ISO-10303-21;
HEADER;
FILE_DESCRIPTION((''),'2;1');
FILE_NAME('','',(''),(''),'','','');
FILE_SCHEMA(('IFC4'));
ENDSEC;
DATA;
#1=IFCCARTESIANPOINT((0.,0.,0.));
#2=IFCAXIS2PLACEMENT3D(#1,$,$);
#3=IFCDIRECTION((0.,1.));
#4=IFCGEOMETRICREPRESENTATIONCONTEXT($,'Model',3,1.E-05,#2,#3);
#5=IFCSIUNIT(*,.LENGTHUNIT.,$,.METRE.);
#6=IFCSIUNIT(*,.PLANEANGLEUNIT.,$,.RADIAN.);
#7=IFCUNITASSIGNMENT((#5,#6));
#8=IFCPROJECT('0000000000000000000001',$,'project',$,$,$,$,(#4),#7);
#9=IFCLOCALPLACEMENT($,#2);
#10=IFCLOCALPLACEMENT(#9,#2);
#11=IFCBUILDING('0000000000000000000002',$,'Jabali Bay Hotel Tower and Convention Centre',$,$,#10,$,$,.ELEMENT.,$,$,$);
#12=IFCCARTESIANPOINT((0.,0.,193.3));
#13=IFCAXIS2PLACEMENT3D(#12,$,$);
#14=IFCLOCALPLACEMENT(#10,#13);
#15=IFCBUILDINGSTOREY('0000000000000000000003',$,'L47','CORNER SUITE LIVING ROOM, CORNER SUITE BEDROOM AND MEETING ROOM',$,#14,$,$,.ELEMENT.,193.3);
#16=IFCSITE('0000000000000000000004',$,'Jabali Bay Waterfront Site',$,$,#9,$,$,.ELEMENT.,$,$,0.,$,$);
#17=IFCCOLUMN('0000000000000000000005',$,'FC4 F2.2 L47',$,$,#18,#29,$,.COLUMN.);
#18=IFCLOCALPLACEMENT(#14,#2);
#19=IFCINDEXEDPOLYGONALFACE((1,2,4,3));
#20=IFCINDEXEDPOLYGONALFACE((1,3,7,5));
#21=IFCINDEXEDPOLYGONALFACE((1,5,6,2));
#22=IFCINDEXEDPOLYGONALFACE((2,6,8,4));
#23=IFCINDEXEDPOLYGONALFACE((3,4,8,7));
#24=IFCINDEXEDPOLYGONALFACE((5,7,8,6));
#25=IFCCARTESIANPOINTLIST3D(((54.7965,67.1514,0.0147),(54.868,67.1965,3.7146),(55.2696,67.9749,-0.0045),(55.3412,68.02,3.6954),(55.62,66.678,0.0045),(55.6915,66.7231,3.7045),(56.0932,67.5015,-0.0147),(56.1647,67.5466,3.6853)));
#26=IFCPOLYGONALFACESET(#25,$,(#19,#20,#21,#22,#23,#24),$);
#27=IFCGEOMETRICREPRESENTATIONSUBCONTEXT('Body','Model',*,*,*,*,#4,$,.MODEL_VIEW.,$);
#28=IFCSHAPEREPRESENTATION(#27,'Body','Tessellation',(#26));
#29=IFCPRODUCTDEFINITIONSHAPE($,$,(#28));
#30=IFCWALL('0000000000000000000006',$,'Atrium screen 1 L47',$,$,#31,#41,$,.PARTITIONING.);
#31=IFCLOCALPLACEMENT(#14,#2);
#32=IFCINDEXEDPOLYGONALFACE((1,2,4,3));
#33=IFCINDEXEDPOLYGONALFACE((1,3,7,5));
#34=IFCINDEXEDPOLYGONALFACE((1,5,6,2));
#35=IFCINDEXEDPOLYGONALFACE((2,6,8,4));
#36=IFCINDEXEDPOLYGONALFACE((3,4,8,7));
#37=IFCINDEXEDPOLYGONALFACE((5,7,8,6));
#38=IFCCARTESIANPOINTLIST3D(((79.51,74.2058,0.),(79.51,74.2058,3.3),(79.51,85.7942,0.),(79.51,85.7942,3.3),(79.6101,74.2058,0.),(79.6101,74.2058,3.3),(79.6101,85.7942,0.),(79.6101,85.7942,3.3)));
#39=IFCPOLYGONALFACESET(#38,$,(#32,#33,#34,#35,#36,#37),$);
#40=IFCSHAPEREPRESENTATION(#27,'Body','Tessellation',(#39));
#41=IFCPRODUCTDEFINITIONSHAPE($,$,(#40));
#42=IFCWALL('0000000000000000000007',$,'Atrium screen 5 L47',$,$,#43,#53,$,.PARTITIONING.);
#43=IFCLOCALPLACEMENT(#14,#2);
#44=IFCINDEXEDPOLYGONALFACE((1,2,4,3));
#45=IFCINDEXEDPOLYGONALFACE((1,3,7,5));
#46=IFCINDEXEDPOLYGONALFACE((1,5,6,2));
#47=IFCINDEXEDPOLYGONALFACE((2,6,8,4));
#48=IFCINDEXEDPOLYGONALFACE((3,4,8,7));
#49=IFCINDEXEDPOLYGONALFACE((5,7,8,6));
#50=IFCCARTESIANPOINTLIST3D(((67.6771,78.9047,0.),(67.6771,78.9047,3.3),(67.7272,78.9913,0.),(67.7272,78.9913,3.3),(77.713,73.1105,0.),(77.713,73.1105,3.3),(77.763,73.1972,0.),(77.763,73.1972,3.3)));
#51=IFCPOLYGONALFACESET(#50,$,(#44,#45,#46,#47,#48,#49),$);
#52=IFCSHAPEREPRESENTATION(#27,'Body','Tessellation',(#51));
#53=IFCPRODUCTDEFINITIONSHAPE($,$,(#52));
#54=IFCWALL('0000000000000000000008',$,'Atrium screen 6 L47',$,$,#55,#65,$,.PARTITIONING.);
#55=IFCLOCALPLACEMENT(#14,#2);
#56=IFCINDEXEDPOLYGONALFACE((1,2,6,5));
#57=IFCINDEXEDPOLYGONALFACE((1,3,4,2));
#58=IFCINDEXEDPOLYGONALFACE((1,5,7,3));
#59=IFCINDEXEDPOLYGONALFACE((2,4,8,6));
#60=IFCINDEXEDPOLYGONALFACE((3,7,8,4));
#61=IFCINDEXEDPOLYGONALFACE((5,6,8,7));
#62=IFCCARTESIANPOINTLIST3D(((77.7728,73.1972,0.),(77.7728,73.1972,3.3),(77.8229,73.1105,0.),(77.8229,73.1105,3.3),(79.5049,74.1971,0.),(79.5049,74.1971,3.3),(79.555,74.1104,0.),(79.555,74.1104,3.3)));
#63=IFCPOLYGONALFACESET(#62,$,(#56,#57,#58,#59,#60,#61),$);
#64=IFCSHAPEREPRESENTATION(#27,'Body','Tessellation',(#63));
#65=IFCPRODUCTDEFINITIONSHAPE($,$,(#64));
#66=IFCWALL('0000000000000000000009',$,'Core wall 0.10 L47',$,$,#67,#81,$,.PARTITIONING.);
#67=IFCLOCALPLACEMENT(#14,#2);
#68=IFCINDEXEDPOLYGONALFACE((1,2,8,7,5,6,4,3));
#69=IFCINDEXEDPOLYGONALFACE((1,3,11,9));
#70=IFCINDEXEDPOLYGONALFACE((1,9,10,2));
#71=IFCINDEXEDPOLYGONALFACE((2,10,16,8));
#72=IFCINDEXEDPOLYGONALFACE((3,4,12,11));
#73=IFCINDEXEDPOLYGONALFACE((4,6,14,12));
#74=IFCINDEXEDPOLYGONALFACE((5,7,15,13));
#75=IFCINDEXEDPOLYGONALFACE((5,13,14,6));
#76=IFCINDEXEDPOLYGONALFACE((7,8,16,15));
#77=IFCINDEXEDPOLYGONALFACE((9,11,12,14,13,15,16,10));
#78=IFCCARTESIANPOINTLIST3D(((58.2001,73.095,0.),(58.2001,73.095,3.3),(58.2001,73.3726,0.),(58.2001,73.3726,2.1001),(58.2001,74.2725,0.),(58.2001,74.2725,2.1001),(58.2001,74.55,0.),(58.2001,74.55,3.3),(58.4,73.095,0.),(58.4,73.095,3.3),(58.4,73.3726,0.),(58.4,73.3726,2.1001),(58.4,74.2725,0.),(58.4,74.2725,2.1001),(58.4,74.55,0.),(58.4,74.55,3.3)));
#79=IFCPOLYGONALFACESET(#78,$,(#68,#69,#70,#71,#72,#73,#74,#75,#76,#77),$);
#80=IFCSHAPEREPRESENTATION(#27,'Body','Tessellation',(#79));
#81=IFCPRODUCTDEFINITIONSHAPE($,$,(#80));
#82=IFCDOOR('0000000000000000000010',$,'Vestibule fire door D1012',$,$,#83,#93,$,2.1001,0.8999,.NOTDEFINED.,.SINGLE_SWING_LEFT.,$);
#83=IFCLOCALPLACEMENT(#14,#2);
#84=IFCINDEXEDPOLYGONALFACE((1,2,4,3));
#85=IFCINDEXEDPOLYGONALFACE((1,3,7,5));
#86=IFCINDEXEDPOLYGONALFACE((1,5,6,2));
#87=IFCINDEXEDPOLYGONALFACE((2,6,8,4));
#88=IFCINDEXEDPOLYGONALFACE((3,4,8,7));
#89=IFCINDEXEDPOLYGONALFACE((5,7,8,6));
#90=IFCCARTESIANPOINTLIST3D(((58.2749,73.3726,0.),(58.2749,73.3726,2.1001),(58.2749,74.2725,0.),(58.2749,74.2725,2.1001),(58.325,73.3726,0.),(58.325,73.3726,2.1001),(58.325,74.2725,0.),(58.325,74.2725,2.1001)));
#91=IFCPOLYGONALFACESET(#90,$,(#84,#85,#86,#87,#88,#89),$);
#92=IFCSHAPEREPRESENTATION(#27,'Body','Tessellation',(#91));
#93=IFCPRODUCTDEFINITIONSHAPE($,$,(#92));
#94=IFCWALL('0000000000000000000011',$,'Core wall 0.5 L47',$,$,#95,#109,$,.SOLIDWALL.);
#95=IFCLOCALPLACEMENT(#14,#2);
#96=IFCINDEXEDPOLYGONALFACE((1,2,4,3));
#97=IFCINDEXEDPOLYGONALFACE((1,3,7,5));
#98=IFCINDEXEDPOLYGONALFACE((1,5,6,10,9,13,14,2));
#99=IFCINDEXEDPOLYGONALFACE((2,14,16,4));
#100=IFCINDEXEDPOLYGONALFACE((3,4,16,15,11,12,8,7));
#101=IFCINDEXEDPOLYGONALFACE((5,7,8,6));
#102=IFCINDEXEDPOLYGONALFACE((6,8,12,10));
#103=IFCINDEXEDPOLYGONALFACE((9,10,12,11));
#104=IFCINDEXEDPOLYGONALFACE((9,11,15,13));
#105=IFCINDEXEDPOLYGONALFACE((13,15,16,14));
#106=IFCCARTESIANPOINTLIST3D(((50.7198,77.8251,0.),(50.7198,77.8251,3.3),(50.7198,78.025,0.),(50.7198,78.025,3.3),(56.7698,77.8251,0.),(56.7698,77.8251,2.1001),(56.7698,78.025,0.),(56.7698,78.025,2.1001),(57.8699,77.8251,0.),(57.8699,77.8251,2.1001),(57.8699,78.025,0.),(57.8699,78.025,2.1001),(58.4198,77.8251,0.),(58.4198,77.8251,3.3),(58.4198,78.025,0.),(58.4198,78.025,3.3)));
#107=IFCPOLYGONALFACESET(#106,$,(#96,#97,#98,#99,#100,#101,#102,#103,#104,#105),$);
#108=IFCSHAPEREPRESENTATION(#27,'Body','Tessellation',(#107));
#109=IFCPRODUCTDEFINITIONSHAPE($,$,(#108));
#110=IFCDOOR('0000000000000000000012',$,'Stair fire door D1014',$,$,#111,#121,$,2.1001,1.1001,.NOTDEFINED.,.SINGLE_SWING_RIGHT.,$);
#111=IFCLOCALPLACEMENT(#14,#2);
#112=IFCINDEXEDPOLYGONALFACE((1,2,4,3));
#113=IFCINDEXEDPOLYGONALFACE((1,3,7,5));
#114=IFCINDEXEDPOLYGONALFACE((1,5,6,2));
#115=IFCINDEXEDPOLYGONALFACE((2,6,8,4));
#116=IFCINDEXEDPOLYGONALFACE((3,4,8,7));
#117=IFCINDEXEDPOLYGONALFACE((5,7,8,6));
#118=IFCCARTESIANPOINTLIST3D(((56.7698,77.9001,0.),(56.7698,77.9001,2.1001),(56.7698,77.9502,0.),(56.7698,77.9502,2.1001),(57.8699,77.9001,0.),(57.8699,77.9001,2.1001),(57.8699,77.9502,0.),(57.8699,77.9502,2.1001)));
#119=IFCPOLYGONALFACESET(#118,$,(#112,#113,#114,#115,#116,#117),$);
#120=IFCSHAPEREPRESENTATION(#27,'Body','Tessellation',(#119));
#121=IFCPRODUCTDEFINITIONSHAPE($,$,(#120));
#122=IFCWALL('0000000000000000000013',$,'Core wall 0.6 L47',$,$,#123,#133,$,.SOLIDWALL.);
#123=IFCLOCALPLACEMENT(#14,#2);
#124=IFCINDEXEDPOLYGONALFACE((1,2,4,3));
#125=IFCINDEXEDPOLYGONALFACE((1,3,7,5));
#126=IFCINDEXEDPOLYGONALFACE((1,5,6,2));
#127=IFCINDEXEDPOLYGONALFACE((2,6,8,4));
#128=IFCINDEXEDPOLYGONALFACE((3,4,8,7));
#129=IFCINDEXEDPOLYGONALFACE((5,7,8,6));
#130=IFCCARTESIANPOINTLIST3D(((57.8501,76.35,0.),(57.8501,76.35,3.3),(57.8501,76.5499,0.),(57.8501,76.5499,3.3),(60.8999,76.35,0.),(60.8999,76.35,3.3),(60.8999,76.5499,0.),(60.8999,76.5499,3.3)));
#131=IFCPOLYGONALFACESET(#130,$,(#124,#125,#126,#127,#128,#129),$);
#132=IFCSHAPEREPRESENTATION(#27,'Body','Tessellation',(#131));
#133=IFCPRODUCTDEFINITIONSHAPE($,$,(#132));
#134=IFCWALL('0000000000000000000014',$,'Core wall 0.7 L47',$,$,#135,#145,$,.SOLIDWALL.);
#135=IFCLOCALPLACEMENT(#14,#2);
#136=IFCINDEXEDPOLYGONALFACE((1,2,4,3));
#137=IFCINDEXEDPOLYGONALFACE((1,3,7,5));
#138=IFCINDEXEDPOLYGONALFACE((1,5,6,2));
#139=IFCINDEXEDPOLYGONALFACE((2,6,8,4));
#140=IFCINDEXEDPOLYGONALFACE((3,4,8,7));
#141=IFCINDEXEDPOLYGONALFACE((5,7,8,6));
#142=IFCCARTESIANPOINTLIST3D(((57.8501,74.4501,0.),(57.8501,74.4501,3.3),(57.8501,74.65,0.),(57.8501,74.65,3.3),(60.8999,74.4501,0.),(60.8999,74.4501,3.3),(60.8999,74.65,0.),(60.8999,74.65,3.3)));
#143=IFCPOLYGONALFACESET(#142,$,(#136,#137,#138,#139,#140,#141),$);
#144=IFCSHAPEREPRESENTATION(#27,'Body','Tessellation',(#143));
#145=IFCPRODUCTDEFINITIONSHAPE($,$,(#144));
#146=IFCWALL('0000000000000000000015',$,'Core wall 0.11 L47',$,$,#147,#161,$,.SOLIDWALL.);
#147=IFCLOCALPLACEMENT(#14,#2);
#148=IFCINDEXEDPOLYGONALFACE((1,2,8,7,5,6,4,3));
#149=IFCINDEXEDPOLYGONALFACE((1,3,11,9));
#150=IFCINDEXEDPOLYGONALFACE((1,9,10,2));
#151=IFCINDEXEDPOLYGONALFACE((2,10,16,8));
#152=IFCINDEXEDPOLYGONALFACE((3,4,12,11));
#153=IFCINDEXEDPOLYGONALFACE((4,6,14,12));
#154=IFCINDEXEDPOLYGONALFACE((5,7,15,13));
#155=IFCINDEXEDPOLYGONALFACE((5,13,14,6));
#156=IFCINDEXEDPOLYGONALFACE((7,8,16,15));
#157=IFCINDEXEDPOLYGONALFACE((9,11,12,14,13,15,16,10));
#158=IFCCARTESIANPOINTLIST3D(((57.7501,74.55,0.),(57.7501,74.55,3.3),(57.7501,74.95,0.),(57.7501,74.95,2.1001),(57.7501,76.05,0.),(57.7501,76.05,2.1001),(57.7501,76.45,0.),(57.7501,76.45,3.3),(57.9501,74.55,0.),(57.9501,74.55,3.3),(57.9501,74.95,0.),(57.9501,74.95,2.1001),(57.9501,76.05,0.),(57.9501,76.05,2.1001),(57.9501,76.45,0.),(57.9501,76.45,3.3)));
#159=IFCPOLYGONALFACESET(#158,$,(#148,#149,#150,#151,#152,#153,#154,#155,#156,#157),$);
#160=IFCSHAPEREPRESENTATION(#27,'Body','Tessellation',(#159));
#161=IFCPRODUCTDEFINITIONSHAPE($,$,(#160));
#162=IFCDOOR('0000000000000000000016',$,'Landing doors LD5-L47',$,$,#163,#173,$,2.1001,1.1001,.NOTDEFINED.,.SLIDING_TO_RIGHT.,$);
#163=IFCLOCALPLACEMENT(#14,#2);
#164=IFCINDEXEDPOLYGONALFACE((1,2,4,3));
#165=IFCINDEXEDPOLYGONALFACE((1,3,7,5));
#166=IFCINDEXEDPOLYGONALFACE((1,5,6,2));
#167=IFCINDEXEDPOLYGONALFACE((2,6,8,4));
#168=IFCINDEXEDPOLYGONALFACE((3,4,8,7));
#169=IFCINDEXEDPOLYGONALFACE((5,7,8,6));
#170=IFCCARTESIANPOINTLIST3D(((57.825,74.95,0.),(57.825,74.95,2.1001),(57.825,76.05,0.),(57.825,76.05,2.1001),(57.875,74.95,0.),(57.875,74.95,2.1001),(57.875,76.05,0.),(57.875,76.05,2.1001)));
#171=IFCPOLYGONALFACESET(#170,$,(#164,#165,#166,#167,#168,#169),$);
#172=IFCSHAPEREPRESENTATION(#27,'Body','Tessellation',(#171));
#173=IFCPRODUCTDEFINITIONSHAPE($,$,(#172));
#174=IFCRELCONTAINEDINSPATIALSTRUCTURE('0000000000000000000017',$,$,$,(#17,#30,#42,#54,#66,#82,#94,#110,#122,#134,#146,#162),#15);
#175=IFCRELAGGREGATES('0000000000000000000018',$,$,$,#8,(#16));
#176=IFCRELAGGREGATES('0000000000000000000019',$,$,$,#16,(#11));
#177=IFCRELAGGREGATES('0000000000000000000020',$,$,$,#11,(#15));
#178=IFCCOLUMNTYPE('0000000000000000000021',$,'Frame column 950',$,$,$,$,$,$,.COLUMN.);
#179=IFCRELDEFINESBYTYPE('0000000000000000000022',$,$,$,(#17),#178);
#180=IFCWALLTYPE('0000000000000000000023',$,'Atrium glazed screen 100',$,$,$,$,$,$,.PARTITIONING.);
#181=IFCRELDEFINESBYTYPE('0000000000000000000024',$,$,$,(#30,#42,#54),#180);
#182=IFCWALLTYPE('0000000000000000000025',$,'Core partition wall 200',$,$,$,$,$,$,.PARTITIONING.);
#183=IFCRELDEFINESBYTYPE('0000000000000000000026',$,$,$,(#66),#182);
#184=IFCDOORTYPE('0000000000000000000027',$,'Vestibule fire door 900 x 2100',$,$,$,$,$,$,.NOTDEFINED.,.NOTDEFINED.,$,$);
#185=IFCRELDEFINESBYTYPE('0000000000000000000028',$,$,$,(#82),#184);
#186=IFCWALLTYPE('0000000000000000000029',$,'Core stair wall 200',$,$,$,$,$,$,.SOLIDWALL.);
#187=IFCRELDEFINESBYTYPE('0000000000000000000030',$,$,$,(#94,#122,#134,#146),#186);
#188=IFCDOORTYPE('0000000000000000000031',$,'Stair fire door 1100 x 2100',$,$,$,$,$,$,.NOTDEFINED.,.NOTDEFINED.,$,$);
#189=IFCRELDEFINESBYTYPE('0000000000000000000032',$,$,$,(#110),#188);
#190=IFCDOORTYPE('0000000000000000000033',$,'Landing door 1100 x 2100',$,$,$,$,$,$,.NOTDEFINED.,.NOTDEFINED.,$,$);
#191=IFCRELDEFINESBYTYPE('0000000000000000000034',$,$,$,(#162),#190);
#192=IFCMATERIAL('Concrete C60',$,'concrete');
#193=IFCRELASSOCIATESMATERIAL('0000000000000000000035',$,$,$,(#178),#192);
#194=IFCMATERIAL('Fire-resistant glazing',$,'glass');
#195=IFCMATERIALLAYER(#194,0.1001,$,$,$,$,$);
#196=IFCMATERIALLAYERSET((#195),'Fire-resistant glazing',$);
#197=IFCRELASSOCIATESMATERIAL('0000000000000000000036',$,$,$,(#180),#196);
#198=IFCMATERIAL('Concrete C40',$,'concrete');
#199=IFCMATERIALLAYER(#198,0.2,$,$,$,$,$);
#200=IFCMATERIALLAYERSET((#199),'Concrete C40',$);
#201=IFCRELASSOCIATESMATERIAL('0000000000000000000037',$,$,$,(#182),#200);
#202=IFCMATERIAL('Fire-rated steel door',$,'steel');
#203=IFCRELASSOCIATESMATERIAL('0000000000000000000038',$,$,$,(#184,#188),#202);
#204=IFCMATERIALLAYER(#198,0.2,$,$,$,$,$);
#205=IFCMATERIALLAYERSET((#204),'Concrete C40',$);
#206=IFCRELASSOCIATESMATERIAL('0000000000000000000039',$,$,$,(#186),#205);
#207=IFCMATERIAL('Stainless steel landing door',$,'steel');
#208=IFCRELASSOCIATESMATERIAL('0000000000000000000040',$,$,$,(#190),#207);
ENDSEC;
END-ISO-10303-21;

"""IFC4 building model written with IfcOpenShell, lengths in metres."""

from ifc_helpers import new_model, si_unit, direction, frame, frame_2d, origin, origin_2d, place, context, subcontext, project, spatial, rectangle, extrude, material, layer, layer_set, material_profile, profile_set, type_object, element, fill, save


model = new_model("IFC4")

# Units and contexts
model_context = context("Model", 3, precision=1e-05, world=origin(), true_north=direction((0.0, 1.0)))
body_context = subcontext(model_context, "Body", "Model", "MODEL_VIEW")
ifc_project = project(units=[si_unit("LENGTHUNIT", "METRE"), si_unit("PLANEANGLEUNIT", "RADIAN")], contexts=[model_context])

# Site, building, storey
site_placement = place(None, origin())
site = spatial("IfcSite", under=ifc_project, at=site_placement, Name="Jabali Bay Waterfront Site", CompositionType="ELEMENT", RefElevation=0.0)
building_placement = place(site_placement, origin())
building = spatial("IfcBuilding", under=site, at=building_placement, Name="Jabali Bay Hotel Tower and Convention Centre", CompositionType="ELEMENT")
storey_placement = place(building_placement, frame((0.0, 0.0, 193.3)))
storey = spatial("IfcBuildingStorey", under=building, at=storey_placement, Name="L47", Description="CORNER SUITE LIVING ROOM, CORNER SUITE BEDROOM AND MEETING ROOM", CompositionType="ELEMENT", Elevation=193.3)

# Column
ifc_material_1 = material(Name="Concrete C60", Category="concrete")
ifc_material_profile = material_profile(ifc_material_1, rectangle(XDim=0.95, YDim=0.95, at=origin_2d()), Name="Frame column 950")
ifc_profile_set = profile_set([ifc_material_profile], Name="Concrete C60")
column_type = type_object("IfcColumnType", Name="Frame column 950", PredefinedType="COLUMN", material=ifc_profile_set)
column_placement = place(storey_placement, frame((55.4448, 67.3264, 0.0), z_axis=(0.019329, 0.012204, 0.999739), x_axis=(-0.866906, 0.498357, 0.010677)))
element("IfcColumn", 1, at=column_placement, inside=storey, type_object=column_type, Name="FC4 F2.2 L47", PredefinedType="COLUMN", context=body_context, shape_type="SweptSolid", body=[
    extrude(rectangle(XDim=0.95, YDim=0.95, at=origin_2d()), origin(), (0.0, 0.0, 1.0), 3.7009),
])

# Walls
ifc_material_2 = material(Name="Fire-resistant glazing", Category="glass")
ifc_layer_1 = layer(ifc_material_2, 0.1001)
ifc_layer_set_1 = layer_set([ifc_layer_1], Name="Fire-resistant glazing")
wall_type_1 = type_object("IfcWallType", Name="Atrium glazed screen 100", PredefinedType="PARTITIONING", material=ifc_layer_set_1)
for number, where, z_axis, x_axis, name in (
    (2, (79.5601, 74.2058, 0.0), (0.0, 0.0, 1.0), (0.0, 1.0, 0.0), "Atrium screen 1 L47"),
    (3, (67.7021, 78.948, 0.0), (0.0, 0.0, 1.0), (0.866027, -0.499998, 0.0), "Atrium screen 5 L47"),
):
    element("IfcWall", number, at=place(storey_placement, frame(where, z_axis=z_axis, x_axis=x_axis)), inside=storey, type_object=wall_type_1, Name=name, PredefinedType="PARTITIONING", context=body_context, shape_type="SweptSolid", body=[
        extrude(rectangle(XDim=11.5884, YDim=0.1001, at=frame_2d((5.7942, 0.0))), origin(), (0.0, 0.0, 1.0), 3.3),
    ])
wall_1_placement = place(storey_placement, frame((77.7979, 73.1538, 0.0), z_axis=(0.0, 0.0, 1.0), x_axis=(0.866041, 0.499973, 0.0)))
element("IfcWall", 4, at=wall_1_placement, inside=storey, type_object=wall_type_1, Name="Atrium screen 6 L47", PredefinedType="PARTITIONING", context=body_context, shape_type="SweptSolid", body=[
    extrude(rectangle(XDim=2.0, YDim=0.1001, at=frame_2d((1.0, 0.0))), origin(), (0.0, 0.0, 1.0), 3.3),
])

# Walls, openings, doors
ifc_material_3 = material(Name="Concrete C40", Category="concrete")
ifc_layer_2 = layer(ifc_material_3, 0.2)
ifc_layer_set_2 = layer_set([ifc_layer_2], Name="Concrete C40")
wall_type_2 = type_object("IfcWallType", Name="Core partition wall 200", PredefinedType="PARTITIONING", material=ifc_layer_set_2)
wall_2_placement = place(storey_placement, frame((58.3, 74.55, 0.0), z_axis=(0.0, 0.0, 1.0), x_axis=(0.0, -1.0, 0.0)))
wall_2 = element("IfcWall", 5, at=wall_2_placement, inside=storey, type_object=wall_type_2, Name="Core wall 0.10 L47", PredefinedType="PARTITIONING", context=body_context, shape_type="SweptSolid", body=[
    extrude(rectangle(XDim=1.4551, YDim=0.2, at=frame_2d((0.7275, 0.0))), origin(), (0.0, 0.0, 1.0), 3.3),
])
opening_1_placement = place(wall_2_placement, frame((0.2776, 0.0, 0.0)))
opening_1 = element("IfcOpeningElement", 6, at=opening_1_placement, cuts=wall_2, PredefinedType="OPENING", context=body_context, shape_type="SweptSolid", body=[
    extrude(rectangle(XDim=0.8999, YDim=2.1001, at=frame_2d((0.45, 1.05))), frame((0.0, 0.1104, 0.0), z_axis=(0.0, -1.0, 0.0), x_axis=(1.0, 0.0, 0.0)), (0.0, 0.0, 1.0), 0.2209),
])
ifc_material_4 = material(Name="Fire-rated steel door", Category="steel")
door_type_1 = type_object("IfcDoorType", Name="Vestibule fire door 900 x 2100", OperationType="NOTDEFINED", PredefinedType="NOTDEFINED", material=ifc_material_4)
door_1_placement = place(opening_1_placement, origin())
door_1 = element("IfcDoor", 7, at=door_1_placement, inside=storey, type_object=door_type_1, Name="Vestibule fire door D1012", OperationType="SINGLE_SWING_LEFT", OverallHeight=2.1001, OverallWidth=0.8999, PredefinedType="NOTDEFINED", context=body_context, shape_type="SweptSolid", body=[
    extrude(rectangle(XDim=0.8999, YDim=2.1001, at=frame_2d((0.45, 1.05))), frame((0.0, 0.0249, 0.0), z_axis=(0.0, -1.0, 0.0), x_axis=(1.0, 0.0, 0.0)), (0.0, 0.0, 1.0), 0.05),
])
fill(opening_1, door_1)
ifc_layer_3 = layer(ifc_material_3, 0.2)
ifc_layer_set_3 = layer_set([ifc_layer_3], Name="Concrete C40")
wall_type_3 = type_object("IfcWallType", Name="Core stair wall 200", PredefinedType="SOLIDWALL", material=ifc_layer_set_3)
wall_3_placement = place(storey_placement, frame((58.4199, 77.925, 0.0), z_axis=(0.0, 0.0, 1.0), x_axis=(-1.0, 0.0, 0.0)))
wall_3 = element("IfcWall", 8, at=wall_3_placement, inside=storey, type_object=wall_type_3, Name="Core wall 0.5 L47", PredefinedType="SOLIDWALL", context=body_context, shape_type="SweptSolid", body=[
    extrude(rectangle(XDim=7.7, YDim=0.2, at=frame_2d((3.8501, 0.0))), origin(), (0.0, 0.0, 1.0), 3.3),
])
opening_2_placement = place(wall_3_placement, frame((0.55, 0.0, 0.0)))
opening_2 = element("IfcOpeningElement", 9, at=opening_2_placement, cuts=wall_3, PredefinedType="OPENING", context=body_context, shape_type="SweptSolid", body=[
    extrude(rectangle(XDim=1.1001, YDim=2.1001, at=frame_2d((0.55, 1.05))), frame((0.0, 0.1104, 0.0), z_axis=(0.0, -1.0, 0.0), x_axis=(1.0, 0.0, 0.0)), (0.0, 0.0, 1.0), 0.2209),
])
door_type_2 = type_object("IfcDoorType", Name="Stair fire door 1100 x 2100", OperationType="NOTDEFINED", PredefinedType="NOTDEFINED", material=ifc_material_4)
door_2_placement = place(opening_2_placement, origin())
door_2 = element("IfcDoor", 10, at=door_2_placement, inside=storey, type_object=door_type_2, Name="Stair fire door D1014", OperationType="SINGLE_SWING_RIGHT", OverallHeight=2.1001, OverallWidth=1.1001, PredefinedType="NOTDEFINED", context=body_context, shape_type="SweptSolid", body=[
    extrude(rectangle(XDim=1.1001, YDim=2.1001, at=frame_2d((0.55, 1.05))), frame((0.0, 0.0249, 0.0), z_axis=(0.0, -1.0, 0.0), x_axis=(1.0, 0.0, 0.0)), (0.0, 0.0, 1.0), 0.05),
])
fill(opening_2, door_2)

# Walls
for number, where, z_axis, x_axis, name in (
    (11, (60.8999, 76.45, 0.0), (0.0, 0.0, 1.0), (-1.0, 0.0, 0.0), "Core wall 0.6 L47"),
    (12, (60.8999, 74.55, 0.0), (0.0, 0.0, 1.0), (-1.0, 0.0, 0.0), "Core wall 0.7 L47"),
):
    element("IfcWall", number, at=place(storey_placement, frame(where, z_axis=z_axis, x_axis=x_axis)), inside=storey, type_object=wall_type_3, Name=name, PredefinedType="SOLIDWALL", context=body_context, shape_type="SweptSolid", body=[
        extrude(rectangle(XDim=3.0498, YDim=0.2, at=frame_2d((1.5249, 0.0))), origin(), (0.0, 0.0, 1.0), 3.3),
    ])

# Wall, opening, door
wall_4_placement = place(storey_placement, frame((57.8501, 76.45, 0.0), z_axis=(0.0, 0.0, 1.0), x_axis=(0.0, -1.0, 0.0)))
wall_4 = element("IfcWall", 13, at=wall_4_placement, inside=storey, type_object=wall_type_3, Name="Core wall 0.11 L47", PredefinedType="SOLIDWALL", context=body_context, shape_type="SweptSolid", body=[
    extrude(rectangle(XDim=1.8999, YDim=0.2, at=frame_2d((0.95, 0.0))), origin(), (0.0, 0.0, 1.0), 3.3),
])
opening_3_placement = place(wall_4_placement, frame((0.3999, 0.0, 0.0)))
opening_3 = element("IfcOpeningElement", 14, at=opening_3_placement, cuts=wall_4, PredefinedType="OPENING", context=body_context, shape_type="SweptSolid", body=[
    extrude(rectangle(XDim=1.1001, YDim=2.1001, at=frame_2d((0.55, 1.05))), frame((0.0, 0.1104, 0.0), z_axis=(0.0, -1.0, 0.0), x_axis=(1.0, 0.0, 0.0)), (0.0, 0.0, 1.0), 0.2209),
])
ifc_material_5 = material(Name="Stainless steel landing door", Category="steel")
door_type_3 = type_object("IfcDoorType", Name="Landing door 1100 x 2100", OperationType="NOTDEFINED", PredefinedType="NOTDEFINED", material=ifc_material_5)
door_3_placement = place(opening_3_placement, origin())
door_3 = element("IfcDoor", 15, at=door_3_placement, inside=storey, type_object=door_type_3, Name="Landing doors LD5-L47", OperationType="SLIDING_TO_RIGHT", OverallHeight=2.1001, OverallWidth=1.1001, PredefinedType="NOTDEFINED", context=body_context, shape_type="SweptSolid", body=[
    extrude(rectangle(XDim=1.1001, YDim=2.1001, at=frame_2d((0.55, 1.05))), frame((0.0, 0.0249, 0.0), z_axis=(0.0, -1.0, 0.0), x_axis=(1.0, 0.0, 0.0)), (0.0, 0.0, 1.0), 0.05),
])
fill(opening_3, door_3)

save(model, "model.ifc")
